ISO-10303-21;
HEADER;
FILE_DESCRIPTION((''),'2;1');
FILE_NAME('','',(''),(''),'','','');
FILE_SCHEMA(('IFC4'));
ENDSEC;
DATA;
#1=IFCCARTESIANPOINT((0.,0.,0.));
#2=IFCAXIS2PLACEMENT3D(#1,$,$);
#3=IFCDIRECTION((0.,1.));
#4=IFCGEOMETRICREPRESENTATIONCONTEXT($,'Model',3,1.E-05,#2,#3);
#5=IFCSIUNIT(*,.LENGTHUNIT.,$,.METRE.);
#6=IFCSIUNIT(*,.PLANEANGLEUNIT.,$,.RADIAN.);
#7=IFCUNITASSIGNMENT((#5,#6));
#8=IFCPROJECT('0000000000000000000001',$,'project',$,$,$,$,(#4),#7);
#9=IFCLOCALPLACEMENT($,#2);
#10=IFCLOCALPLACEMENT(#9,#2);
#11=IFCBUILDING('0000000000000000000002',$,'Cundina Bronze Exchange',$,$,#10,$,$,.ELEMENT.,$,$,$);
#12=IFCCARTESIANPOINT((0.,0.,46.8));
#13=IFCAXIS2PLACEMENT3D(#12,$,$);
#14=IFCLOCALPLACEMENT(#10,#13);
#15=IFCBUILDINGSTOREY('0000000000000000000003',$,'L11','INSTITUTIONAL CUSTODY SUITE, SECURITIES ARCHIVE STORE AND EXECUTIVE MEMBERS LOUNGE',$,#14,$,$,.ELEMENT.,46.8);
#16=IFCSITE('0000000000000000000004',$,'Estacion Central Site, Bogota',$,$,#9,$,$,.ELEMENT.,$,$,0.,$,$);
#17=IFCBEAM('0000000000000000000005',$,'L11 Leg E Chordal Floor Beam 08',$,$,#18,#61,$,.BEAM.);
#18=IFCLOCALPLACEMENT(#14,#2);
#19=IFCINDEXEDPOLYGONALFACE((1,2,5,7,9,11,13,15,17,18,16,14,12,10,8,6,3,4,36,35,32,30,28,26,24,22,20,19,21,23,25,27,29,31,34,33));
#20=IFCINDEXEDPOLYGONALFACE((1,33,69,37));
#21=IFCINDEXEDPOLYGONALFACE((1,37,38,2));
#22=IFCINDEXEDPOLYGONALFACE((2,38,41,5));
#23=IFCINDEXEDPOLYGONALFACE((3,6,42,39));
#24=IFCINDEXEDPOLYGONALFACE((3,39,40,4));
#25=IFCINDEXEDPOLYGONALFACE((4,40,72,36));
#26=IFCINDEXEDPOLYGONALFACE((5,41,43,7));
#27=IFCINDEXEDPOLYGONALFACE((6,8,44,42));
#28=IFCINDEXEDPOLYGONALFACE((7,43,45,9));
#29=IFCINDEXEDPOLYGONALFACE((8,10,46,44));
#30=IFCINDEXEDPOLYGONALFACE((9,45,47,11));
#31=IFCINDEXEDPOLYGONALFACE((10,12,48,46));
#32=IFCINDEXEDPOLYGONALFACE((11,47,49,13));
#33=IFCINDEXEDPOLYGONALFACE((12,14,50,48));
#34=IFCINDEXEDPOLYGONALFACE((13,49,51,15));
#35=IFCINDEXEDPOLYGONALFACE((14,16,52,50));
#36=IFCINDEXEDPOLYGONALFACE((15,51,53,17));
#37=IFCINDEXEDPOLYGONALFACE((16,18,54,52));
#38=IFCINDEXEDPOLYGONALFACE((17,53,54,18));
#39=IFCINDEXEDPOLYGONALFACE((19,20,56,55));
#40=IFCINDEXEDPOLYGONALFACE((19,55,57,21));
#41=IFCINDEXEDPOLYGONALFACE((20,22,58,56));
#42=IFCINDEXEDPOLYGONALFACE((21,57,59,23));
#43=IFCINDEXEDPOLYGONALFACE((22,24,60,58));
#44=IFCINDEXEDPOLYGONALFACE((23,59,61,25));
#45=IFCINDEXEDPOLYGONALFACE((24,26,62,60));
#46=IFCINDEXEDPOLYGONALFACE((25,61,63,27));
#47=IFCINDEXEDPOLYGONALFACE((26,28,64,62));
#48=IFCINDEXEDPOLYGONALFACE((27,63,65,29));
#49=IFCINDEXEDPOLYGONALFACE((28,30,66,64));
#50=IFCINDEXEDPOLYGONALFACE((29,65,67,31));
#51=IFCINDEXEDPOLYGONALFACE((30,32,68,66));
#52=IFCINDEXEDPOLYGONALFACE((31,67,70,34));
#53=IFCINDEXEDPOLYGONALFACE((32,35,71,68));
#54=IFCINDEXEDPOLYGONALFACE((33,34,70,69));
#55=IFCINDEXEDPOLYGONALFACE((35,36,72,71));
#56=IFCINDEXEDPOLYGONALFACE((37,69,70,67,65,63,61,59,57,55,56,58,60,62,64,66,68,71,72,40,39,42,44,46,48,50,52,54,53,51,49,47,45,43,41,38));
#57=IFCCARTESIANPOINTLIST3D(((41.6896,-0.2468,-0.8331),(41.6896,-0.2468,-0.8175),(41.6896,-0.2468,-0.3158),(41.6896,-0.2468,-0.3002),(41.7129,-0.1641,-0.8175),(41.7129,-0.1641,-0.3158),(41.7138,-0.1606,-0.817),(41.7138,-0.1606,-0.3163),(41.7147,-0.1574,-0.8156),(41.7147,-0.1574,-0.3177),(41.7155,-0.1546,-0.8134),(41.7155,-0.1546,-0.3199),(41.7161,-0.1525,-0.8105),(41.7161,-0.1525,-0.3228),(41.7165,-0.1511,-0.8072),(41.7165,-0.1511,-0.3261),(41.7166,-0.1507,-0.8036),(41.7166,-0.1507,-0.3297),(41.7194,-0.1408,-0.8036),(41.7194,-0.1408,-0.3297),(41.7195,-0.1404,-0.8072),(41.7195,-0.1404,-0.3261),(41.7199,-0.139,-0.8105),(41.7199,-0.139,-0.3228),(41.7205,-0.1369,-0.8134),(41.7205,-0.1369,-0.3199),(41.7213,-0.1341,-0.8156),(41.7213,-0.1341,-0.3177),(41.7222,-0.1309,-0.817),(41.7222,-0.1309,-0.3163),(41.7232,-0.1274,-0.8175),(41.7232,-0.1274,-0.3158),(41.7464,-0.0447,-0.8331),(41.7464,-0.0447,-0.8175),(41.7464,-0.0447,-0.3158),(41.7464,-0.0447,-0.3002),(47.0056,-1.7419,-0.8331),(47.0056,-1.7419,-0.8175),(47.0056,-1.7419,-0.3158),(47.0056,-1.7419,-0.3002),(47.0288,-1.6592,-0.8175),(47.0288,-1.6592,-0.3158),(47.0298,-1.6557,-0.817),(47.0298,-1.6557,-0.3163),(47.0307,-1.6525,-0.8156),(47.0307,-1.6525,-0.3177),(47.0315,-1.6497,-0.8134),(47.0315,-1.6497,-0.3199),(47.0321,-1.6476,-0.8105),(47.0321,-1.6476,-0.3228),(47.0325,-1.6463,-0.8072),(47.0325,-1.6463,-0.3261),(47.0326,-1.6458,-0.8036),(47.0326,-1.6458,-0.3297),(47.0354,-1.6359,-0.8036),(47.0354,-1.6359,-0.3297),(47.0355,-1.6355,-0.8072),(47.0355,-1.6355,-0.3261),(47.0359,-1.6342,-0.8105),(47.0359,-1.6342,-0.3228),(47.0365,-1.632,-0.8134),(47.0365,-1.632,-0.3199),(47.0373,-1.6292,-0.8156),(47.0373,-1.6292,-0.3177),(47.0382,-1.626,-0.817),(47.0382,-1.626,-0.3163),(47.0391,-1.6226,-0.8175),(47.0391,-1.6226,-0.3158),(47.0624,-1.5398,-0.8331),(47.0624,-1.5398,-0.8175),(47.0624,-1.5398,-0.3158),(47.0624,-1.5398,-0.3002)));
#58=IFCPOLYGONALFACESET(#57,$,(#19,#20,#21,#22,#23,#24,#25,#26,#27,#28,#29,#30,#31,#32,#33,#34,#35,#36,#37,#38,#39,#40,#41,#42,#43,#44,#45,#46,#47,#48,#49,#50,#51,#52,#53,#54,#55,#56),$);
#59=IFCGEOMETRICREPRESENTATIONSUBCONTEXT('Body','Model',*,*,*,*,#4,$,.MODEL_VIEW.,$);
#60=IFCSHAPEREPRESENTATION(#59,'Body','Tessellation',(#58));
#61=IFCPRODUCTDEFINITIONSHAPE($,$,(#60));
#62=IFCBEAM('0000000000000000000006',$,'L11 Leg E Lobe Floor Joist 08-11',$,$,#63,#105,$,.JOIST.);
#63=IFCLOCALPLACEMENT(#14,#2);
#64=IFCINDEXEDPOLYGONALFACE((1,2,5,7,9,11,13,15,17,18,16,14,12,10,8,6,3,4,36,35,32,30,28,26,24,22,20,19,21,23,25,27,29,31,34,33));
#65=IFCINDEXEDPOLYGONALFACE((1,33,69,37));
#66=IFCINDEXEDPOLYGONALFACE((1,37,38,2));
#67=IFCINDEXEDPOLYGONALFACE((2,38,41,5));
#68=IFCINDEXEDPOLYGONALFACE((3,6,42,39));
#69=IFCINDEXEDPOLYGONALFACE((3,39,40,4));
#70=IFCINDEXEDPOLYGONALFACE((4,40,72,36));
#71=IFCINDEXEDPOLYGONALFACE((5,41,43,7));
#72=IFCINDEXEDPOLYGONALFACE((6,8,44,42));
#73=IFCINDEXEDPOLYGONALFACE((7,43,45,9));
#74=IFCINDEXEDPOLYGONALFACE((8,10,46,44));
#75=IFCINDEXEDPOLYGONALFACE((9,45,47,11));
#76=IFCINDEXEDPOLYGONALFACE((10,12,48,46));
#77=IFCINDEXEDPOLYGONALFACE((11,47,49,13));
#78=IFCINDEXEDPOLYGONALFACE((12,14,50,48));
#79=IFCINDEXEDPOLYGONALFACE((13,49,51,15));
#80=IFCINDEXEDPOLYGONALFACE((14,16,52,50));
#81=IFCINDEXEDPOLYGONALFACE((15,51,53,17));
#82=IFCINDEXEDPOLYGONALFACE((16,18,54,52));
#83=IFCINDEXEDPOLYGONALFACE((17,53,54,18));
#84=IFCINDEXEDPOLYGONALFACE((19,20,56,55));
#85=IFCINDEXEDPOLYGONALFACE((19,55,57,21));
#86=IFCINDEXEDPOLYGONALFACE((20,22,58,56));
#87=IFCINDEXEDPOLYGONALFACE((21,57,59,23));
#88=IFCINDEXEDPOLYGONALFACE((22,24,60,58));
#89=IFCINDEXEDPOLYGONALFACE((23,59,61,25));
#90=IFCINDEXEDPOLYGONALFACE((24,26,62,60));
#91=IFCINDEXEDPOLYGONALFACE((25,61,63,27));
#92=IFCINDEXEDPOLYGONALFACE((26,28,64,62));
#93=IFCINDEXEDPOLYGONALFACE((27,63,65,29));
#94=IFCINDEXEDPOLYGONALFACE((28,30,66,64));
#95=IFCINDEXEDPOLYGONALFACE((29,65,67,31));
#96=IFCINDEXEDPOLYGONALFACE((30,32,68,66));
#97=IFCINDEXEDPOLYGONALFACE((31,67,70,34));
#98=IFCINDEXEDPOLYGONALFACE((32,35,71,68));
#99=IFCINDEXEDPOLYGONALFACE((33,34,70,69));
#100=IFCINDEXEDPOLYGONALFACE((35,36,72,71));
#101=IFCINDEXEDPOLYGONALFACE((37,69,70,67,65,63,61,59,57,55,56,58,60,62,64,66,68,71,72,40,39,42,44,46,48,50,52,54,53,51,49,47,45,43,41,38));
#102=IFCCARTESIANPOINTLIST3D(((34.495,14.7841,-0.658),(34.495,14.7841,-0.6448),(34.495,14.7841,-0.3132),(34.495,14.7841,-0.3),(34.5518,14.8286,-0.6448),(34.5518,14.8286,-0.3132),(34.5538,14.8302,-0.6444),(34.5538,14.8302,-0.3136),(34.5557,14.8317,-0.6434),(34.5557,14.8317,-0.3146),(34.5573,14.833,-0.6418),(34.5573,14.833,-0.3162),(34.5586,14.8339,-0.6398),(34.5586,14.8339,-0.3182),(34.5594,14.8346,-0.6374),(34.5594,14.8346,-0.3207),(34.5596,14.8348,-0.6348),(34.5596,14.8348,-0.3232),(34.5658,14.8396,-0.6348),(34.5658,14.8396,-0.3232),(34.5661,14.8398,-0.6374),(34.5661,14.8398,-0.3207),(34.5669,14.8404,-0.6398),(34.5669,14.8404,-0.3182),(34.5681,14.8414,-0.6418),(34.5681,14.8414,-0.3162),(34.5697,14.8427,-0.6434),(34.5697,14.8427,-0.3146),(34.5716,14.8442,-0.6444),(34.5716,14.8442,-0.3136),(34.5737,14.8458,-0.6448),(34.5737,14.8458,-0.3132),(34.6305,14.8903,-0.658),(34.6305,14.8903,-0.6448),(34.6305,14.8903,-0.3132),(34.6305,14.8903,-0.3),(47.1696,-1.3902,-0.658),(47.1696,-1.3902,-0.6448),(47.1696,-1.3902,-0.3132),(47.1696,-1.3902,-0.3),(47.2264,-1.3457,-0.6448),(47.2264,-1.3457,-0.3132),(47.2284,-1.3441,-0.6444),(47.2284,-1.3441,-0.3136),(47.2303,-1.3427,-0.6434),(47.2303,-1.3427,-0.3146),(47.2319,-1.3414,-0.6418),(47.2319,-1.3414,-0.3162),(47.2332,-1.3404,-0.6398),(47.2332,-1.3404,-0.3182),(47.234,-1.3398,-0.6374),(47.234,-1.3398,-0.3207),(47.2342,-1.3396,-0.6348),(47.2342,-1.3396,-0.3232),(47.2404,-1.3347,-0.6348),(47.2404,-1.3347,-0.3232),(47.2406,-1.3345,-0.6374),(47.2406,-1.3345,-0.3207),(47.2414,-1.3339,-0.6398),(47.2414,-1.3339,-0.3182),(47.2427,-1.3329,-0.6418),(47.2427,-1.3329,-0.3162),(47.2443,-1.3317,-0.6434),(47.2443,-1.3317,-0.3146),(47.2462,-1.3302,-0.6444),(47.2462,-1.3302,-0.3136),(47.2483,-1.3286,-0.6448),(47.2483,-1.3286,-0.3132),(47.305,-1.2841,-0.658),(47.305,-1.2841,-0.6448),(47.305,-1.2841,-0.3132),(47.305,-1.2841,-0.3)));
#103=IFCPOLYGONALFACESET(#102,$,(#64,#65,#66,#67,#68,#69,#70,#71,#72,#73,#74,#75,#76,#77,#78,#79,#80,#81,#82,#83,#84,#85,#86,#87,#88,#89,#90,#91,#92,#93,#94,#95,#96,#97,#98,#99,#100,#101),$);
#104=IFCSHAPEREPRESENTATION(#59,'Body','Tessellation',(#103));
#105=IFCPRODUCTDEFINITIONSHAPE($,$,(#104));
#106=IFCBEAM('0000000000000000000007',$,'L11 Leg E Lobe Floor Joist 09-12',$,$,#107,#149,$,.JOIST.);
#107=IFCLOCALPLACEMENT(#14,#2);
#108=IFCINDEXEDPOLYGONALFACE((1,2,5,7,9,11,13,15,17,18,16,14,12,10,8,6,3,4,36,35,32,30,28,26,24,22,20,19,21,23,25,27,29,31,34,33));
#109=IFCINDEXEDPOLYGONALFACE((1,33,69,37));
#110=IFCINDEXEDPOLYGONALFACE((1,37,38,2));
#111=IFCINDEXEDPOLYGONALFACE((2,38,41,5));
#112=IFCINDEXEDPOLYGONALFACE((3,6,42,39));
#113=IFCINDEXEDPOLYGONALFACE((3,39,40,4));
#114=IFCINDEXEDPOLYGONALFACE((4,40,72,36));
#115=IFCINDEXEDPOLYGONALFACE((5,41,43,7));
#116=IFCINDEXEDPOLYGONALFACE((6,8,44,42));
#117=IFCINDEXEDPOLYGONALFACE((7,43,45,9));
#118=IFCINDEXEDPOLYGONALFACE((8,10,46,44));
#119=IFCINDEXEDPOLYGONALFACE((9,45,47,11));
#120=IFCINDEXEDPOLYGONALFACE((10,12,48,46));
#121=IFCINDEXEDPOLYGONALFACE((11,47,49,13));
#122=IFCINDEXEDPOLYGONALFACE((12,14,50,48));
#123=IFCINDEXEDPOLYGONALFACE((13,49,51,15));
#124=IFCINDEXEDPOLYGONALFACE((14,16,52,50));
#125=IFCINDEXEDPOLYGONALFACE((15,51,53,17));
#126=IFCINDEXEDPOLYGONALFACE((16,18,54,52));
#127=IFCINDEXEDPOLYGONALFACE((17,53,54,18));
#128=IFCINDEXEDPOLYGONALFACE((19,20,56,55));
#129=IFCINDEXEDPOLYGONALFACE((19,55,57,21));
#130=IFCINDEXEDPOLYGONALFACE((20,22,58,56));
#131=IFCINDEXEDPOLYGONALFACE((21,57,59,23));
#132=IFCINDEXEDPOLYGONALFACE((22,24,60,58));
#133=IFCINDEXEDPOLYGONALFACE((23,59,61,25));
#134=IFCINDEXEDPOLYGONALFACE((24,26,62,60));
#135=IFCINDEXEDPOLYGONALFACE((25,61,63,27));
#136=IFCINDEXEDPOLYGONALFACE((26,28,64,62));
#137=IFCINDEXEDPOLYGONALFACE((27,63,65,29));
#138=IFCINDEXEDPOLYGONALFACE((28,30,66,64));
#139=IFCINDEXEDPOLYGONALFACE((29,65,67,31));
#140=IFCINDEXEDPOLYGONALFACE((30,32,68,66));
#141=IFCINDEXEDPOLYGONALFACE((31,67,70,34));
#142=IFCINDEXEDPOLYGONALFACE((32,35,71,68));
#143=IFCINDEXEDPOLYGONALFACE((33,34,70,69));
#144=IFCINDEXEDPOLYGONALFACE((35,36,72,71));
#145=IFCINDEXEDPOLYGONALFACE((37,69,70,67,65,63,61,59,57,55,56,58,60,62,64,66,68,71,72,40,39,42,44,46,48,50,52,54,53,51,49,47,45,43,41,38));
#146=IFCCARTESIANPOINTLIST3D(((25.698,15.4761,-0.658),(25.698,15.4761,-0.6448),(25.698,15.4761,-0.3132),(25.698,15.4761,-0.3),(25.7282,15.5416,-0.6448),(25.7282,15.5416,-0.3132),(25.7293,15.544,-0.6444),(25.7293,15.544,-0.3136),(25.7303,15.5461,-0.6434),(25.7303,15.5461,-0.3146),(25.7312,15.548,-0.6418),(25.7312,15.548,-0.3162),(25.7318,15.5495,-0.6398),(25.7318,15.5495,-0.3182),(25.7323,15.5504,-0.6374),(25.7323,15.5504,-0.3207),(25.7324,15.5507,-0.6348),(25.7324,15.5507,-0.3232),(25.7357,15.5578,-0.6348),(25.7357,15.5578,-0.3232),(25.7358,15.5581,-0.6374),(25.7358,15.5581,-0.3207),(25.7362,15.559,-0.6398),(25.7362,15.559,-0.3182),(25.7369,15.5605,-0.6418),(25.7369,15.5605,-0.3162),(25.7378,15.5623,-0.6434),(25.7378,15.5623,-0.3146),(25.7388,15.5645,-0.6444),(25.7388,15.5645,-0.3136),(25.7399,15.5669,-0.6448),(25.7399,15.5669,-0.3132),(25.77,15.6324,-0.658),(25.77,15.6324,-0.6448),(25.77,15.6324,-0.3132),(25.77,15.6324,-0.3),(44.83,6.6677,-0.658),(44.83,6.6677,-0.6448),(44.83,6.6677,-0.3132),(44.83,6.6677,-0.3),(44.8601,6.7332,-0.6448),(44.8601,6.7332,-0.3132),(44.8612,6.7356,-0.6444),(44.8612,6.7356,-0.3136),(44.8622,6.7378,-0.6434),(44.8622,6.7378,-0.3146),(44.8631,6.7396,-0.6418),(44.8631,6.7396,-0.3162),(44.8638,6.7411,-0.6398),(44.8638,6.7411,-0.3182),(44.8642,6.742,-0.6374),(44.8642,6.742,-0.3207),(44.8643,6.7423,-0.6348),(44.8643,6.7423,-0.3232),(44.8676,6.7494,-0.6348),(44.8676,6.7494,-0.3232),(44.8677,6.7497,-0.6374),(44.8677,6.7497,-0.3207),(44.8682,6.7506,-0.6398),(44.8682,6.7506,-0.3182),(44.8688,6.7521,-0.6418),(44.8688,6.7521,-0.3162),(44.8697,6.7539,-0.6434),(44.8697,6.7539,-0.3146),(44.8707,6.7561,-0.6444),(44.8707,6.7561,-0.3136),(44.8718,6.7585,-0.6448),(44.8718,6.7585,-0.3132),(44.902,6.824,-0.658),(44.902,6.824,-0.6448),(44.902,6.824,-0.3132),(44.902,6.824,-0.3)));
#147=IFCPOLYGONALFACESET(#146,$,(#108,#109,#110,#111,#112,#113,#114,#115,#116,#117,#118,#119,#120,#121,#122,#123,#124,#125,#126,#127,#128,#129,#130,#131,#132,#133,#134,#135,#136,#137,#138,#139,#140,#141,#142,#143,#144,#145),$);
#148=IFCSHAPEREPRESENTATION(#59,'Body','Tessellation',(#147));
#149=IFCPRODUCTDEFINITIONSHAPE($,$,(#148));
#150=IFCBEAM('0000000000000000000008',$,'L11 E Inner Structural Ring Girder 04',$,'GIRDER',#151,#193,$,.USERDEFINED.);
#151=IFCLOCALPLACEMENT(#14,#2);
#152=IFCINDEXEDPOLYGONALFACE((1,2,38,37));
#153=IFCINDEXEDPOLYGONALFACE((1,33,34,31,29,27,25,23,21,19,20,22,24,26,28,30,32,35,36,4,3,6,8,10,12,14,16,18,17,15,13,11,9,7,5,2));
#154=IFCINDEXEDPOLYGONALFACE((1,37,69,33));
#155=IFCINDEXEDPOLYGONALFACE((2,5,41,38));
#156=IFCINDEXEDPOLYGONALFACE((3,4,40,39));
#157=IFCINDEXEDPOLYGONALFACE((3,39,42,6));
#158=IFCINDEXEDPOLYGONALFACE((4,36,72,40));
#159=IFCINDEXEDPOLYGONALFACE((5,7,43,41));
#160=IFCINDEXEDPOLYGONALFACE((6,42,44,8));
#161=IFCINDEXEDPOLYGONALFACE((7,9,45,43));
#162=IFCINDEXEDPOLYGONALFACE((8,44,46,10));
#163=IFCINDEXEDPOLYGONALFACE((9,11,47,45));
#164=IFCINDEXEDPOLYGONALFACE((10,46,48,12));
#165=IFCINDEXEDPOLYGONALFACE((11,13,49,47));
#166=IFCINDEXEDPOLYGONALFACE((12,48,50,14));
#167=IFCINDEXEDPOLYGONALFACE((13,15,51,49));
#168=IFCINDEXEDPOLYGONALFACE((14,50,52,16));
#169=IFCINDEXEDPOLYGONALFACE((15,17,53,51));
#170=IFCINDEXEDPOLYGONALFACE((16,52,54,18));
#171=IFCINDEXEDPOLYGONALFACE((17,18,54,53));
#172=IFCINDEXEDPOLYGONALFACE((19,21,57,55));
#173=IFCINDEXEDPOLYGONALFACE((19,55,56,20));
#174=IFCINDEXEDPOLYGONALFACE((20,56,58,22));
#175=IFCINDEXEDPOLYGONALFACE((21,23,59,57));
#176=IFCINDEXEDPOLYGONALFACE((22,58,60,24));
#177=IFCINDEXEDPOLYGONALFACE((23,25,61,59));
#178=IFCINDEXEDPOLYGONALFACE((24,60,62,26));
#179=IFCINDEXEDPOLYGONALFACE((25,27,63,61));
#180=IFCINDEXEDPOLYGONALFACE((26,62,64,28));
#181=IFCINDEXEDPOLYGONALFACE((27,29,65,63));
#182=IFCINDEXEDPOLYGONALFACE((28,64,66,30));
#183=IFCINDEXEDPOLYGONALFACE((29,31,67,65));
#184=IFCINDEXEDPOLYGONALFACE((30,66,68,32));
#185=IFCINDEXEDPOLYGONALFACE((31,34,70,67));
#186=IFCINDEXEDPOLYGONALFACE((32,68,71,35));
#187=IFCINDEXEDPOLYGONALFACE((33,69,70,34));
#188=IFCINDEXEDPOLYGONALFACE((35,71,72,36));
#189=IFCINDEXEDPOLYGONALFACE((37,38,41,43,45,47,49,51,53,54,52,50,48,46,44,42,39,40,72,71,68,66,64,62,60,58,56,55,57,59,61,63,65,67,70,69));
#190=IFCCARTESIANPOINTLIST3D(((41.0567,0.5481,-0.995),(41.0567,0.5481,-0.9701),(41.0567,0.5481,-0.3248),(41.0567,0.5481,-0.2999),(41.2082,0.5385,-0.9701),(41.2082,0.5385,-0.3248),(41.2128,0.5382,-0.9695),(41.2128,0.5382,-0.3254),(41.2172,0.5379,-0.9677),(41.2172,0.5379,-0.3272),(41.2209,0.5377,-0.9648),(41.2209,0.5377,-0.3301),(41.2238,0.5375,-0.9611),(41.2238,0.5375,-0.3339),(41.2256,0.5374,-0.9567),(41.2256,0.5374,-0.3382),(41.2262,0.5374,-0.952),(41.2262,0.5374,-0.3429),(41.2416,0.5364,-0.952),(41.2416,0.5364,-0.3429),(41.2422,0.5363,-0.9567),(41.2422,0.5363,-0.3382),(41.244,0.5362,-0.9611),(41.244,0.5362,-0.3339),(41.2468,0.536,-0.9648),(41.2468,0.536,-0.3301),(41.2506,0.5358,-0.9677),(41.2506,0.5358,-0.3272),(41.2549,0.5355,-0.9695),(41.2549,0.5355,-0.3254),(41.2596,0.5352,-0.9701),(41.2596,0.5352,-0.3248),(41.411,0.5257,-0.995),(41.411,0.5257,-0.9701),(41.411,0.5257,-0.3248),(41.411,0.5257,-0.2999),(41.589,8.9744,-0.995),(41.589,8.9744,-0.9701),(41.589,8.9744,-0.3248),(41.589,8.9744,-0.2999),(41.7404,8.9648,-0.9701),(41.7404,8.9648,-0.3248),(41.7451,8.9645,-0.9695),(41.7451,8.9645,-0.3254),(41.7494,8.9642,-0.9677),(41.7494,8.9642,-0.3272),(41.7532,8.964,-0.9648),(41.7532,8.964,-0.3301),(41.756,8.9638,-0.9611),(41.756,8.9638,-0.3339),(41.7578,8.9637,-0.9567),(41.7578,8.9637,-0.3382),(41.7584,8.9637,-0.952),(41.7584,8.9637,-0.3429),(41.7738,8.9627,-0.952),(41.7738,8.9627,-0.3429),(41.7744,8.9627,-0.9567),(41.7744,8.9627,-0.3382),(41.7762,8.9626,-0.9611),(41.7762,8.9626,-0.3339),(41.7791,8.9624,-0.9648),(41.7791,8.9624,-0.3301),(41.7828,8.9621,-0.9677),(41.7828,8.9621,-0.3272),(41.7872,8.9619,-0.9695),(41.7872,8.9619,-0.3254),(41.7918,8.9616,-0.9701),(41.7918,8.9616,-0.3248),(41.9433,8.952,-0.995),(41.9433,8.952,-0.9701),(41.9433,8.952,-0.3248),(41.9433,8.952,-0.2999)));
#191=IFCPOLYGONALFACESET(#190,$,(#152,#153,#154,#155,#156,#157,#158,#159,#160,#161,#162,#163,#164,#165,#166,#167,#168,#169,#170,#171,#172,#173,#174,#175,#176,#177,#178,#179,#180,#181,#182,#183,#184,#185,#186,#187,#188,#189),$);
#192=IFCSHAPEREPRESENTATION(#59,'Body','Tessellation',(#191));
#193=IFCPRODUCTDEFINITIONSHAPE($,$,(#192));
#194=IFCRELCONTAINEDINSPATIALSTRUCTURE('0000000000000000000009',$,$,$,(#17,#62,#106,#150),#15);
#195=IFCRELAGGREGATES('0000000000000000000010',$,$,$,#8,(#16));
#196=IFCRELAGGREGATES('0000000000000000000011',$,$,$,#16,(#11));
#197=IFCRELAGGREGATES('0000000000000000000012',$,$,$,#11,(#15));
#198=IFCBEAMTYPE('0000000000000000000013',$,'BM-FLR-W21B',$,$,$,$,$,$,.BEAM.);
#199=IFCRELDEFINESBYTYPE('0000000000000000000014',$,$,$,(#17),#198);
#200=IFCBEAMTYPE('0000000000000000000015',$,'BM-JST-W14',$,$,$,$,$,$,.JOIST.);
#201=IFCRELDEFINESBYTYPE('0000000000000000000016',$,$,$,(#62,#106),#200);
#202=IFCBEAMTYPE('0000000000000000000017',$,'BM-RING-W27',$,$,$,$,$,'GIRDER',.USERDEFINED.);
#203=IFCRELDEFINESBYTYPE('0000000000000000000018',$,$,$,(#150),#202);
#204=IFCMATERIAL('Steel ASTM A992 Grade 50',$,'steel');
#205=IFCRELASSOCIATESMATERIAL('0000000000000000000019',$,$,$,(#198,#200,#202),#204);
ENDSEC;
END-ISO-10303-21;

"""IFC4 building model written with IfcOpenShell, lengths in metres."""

from ifc_helpers import new_model, si_unit, direction, frame, origin, origin_2d, place, context, subcontext, project, spatial, i_section, extrude, material, material_profile, profile_set, type_object, element, save


model = new_model("IFC4")

# Units and contexts
model_context = context("Model", 3, precision=1e-05, world=origin(), true_north=direction((0.0, 1.0)))
body_context = subcontext(model_context, "Body", "Model", "MODEL_VIEW")
ifc_project = project(units=[si_unit("LENGTHUNIT", "METRE"), si_unit("PLANEANGLEUNIT", "RADIAN")], contexts=[model_context])

# Site, building, storey
site_placement = place(None, origin())
site = spatial("IfcSite", under=ifc_project, at=site_placement, Name="Estacion Central Site, Bogota", CompositionType="ELEMENT", RefElevation=0.0)
building_placement = place(site_placement, origin())
building = spatial("IfcBuilding", under=site, at=building_placement, Name="Cundina Bronze Exchange", CompositionType="ELEMENT")
storey_placement = place(building_placement, frame((0.0, 0.0, 46.8)))
storey = spatial("IfcBuildingStorey", under=building, at=storey_placement, Name="L11", Description="INSTITUTIONAL CUSTODY SUITE, SECURITIES ARCHIVE STORE AND EXECUTIVE MEMBERS LOUNGE", CompositionType="ELEMENT", Elevation=46.8)

# Shared definitions
ifc_material_1 = material(Name="Steel ASTM A992 Grade 50", Category="steel")

# Beams
ifc_material_profile_1 = material_profile(ifc_material_1, i_section(OverallWidth=0.21, OverallDepth=0.533, WebThickness=0.0103, FlangeThickness=0.0156, FilletRadius=0.0139, at=origin_2d()), Name="W21X62", Category="steel")
ifc_profile_set_1 = profile_set([ifc_material_profile_1], Name="Steel ASTM A992 Grade 50")
beam_type_1 = type_object("IfcBeamType", Name="BM-FLR-W21B", PredefinedType="BEAM", material=ifc_profile_set_1)
beam_1_placement = place(storey_placement, frame((41.718, -0.1458, -0.5667), z_axis=(0.96265, -0.270748, 0.0), x_axis=(0.270748, 0.96265, 0.0)))
element("IfcBeam", 1, at=beam_1_placement, inside=storey, type_object=beam_type_1, Name="L11 Leg E Chordal Floor Beam 08", PredefinedType="BEAM", context=body_context, shape_type="SweptSolid", body=[
    extrude(i_section(OverallWidth=0.21, OverallDepth=0.533, WebThickness=0.0103, FlangeThickness=0.0156, FilletRadius=0.0139, at=origin_2d()), origin(), (0.0, 0.0, 1.0), 5.5222),
])
ifc_material_profile_2 = material_profile(ifc_material_1, i_section(OverallWidth=0.1721, OverallDepth=0.3579, WebThickness=0.0078, FlangeThickness=0.0132, FilletRadius=0.01, at=origin_2d()), Name="W14X38", Category="steel")
ifc_profile_set_2 = profile_set([ifc_material_profile_2], Name="Steel ASTM A992 Grade 50")
beam_type_2 = type_object("IfcBeamType", Name="BM-JST-W14", PredefinedType="JOIST", material=ifc_profile_set_2)
beam_2_placement = place(storey_placement, frame((47.2373, -1.3372, -0.479), z_axis=(-0.616803, 0.787117, 0.0), x_axis=(-0.787117, -0.616803, 0.0)))
element("IfcBeam", 2, at=beam_2_placement, inside=storey, type_object=beam_type_2, Name="L11 Leg E Lobe Floor Joist 08-11", PredefinedType="JOIST", context=body_context, shape_type="SweptSolid", body=[
    extrude(i_section(OverallWidth=0.1721, OverallDepth=0.3579, WebThickness=0.0078, FlangeThickness=0.0132, FilletRadius=0.01, at=origin_2d()), origin(), (0.0, 0.0, 1.0), 20.5488),
])
beam_3_placement = place(storey_placement, frame((44.866, 6.7458, -0.479), z_axis=(-0.908352, 0.418208, 0.0), x_axis=(-0.418208, -0.908352, 0.0)))
element("IfcBeam", 3, at=beam_3_placement, inside=storey, type_object=beam_type_2, Name="L11 Leg E Lobe Floor Joist 09-12", PredefinedType="JOIST", context=body_context, shape_type="SweptSolid", body=[
    extrude(i_section(OverallWidth=0.1721, OverallDepth=0.3579, WebThickness=0.0078, FlangeThickness=0.0132, FilletRadius=0.01, at=origin_2d()), origin(), (0.0, 0.0, 1.0), 21.0623),
])
ifc_material_profile_3 = material_profile(ifc_material_1, i_section(OverallWidth=0.355, OverallDepth=0.6951, WebThickness=0.0154, FlangeThickness=0.0249, FilletRadius=0.0181, at=origin_2d()), Name="W27X146", Category="steel")
ifc_profile_set_3 = profile_set([ifc_material_profile_3], Name="Steel ASTM A992 Grade 50")
beam_type_3 = type_object("IfcBeamType", Name="BM-RING-W27", ElementType="GIRDER", PredefinedType="USERDEFINED", material=ifc_profile_set_3)
beam_4_placement = place(storey_placement, frame((41.2339, 0.5369, -0.6475), z_axis=(0.063037, 0.998011, 0.0), x_axis=(-0.998011, 0.063037, 0.0)))
element("IfcBeam", 4, at=beam_4_placement, inside=storey, type_object=beam_type_3, Name="L11 E Inner Structural Ring Girder 04", ObjectType="GIRDER", PredefinedType="USERDEFINED", context=body_context, shape_type="SweptSolid", body=[
    extrude(i_section(OverallWidth=0.355, OverallDepth=0.6951, WebThickness=0.0154, FlangeThickness=0.0249, FilletRadius=0.0181, at=origin_2d()), origin(), (0.0, 0.0, 1.0), 8.4431),
])

save(model, "model.ifc")
